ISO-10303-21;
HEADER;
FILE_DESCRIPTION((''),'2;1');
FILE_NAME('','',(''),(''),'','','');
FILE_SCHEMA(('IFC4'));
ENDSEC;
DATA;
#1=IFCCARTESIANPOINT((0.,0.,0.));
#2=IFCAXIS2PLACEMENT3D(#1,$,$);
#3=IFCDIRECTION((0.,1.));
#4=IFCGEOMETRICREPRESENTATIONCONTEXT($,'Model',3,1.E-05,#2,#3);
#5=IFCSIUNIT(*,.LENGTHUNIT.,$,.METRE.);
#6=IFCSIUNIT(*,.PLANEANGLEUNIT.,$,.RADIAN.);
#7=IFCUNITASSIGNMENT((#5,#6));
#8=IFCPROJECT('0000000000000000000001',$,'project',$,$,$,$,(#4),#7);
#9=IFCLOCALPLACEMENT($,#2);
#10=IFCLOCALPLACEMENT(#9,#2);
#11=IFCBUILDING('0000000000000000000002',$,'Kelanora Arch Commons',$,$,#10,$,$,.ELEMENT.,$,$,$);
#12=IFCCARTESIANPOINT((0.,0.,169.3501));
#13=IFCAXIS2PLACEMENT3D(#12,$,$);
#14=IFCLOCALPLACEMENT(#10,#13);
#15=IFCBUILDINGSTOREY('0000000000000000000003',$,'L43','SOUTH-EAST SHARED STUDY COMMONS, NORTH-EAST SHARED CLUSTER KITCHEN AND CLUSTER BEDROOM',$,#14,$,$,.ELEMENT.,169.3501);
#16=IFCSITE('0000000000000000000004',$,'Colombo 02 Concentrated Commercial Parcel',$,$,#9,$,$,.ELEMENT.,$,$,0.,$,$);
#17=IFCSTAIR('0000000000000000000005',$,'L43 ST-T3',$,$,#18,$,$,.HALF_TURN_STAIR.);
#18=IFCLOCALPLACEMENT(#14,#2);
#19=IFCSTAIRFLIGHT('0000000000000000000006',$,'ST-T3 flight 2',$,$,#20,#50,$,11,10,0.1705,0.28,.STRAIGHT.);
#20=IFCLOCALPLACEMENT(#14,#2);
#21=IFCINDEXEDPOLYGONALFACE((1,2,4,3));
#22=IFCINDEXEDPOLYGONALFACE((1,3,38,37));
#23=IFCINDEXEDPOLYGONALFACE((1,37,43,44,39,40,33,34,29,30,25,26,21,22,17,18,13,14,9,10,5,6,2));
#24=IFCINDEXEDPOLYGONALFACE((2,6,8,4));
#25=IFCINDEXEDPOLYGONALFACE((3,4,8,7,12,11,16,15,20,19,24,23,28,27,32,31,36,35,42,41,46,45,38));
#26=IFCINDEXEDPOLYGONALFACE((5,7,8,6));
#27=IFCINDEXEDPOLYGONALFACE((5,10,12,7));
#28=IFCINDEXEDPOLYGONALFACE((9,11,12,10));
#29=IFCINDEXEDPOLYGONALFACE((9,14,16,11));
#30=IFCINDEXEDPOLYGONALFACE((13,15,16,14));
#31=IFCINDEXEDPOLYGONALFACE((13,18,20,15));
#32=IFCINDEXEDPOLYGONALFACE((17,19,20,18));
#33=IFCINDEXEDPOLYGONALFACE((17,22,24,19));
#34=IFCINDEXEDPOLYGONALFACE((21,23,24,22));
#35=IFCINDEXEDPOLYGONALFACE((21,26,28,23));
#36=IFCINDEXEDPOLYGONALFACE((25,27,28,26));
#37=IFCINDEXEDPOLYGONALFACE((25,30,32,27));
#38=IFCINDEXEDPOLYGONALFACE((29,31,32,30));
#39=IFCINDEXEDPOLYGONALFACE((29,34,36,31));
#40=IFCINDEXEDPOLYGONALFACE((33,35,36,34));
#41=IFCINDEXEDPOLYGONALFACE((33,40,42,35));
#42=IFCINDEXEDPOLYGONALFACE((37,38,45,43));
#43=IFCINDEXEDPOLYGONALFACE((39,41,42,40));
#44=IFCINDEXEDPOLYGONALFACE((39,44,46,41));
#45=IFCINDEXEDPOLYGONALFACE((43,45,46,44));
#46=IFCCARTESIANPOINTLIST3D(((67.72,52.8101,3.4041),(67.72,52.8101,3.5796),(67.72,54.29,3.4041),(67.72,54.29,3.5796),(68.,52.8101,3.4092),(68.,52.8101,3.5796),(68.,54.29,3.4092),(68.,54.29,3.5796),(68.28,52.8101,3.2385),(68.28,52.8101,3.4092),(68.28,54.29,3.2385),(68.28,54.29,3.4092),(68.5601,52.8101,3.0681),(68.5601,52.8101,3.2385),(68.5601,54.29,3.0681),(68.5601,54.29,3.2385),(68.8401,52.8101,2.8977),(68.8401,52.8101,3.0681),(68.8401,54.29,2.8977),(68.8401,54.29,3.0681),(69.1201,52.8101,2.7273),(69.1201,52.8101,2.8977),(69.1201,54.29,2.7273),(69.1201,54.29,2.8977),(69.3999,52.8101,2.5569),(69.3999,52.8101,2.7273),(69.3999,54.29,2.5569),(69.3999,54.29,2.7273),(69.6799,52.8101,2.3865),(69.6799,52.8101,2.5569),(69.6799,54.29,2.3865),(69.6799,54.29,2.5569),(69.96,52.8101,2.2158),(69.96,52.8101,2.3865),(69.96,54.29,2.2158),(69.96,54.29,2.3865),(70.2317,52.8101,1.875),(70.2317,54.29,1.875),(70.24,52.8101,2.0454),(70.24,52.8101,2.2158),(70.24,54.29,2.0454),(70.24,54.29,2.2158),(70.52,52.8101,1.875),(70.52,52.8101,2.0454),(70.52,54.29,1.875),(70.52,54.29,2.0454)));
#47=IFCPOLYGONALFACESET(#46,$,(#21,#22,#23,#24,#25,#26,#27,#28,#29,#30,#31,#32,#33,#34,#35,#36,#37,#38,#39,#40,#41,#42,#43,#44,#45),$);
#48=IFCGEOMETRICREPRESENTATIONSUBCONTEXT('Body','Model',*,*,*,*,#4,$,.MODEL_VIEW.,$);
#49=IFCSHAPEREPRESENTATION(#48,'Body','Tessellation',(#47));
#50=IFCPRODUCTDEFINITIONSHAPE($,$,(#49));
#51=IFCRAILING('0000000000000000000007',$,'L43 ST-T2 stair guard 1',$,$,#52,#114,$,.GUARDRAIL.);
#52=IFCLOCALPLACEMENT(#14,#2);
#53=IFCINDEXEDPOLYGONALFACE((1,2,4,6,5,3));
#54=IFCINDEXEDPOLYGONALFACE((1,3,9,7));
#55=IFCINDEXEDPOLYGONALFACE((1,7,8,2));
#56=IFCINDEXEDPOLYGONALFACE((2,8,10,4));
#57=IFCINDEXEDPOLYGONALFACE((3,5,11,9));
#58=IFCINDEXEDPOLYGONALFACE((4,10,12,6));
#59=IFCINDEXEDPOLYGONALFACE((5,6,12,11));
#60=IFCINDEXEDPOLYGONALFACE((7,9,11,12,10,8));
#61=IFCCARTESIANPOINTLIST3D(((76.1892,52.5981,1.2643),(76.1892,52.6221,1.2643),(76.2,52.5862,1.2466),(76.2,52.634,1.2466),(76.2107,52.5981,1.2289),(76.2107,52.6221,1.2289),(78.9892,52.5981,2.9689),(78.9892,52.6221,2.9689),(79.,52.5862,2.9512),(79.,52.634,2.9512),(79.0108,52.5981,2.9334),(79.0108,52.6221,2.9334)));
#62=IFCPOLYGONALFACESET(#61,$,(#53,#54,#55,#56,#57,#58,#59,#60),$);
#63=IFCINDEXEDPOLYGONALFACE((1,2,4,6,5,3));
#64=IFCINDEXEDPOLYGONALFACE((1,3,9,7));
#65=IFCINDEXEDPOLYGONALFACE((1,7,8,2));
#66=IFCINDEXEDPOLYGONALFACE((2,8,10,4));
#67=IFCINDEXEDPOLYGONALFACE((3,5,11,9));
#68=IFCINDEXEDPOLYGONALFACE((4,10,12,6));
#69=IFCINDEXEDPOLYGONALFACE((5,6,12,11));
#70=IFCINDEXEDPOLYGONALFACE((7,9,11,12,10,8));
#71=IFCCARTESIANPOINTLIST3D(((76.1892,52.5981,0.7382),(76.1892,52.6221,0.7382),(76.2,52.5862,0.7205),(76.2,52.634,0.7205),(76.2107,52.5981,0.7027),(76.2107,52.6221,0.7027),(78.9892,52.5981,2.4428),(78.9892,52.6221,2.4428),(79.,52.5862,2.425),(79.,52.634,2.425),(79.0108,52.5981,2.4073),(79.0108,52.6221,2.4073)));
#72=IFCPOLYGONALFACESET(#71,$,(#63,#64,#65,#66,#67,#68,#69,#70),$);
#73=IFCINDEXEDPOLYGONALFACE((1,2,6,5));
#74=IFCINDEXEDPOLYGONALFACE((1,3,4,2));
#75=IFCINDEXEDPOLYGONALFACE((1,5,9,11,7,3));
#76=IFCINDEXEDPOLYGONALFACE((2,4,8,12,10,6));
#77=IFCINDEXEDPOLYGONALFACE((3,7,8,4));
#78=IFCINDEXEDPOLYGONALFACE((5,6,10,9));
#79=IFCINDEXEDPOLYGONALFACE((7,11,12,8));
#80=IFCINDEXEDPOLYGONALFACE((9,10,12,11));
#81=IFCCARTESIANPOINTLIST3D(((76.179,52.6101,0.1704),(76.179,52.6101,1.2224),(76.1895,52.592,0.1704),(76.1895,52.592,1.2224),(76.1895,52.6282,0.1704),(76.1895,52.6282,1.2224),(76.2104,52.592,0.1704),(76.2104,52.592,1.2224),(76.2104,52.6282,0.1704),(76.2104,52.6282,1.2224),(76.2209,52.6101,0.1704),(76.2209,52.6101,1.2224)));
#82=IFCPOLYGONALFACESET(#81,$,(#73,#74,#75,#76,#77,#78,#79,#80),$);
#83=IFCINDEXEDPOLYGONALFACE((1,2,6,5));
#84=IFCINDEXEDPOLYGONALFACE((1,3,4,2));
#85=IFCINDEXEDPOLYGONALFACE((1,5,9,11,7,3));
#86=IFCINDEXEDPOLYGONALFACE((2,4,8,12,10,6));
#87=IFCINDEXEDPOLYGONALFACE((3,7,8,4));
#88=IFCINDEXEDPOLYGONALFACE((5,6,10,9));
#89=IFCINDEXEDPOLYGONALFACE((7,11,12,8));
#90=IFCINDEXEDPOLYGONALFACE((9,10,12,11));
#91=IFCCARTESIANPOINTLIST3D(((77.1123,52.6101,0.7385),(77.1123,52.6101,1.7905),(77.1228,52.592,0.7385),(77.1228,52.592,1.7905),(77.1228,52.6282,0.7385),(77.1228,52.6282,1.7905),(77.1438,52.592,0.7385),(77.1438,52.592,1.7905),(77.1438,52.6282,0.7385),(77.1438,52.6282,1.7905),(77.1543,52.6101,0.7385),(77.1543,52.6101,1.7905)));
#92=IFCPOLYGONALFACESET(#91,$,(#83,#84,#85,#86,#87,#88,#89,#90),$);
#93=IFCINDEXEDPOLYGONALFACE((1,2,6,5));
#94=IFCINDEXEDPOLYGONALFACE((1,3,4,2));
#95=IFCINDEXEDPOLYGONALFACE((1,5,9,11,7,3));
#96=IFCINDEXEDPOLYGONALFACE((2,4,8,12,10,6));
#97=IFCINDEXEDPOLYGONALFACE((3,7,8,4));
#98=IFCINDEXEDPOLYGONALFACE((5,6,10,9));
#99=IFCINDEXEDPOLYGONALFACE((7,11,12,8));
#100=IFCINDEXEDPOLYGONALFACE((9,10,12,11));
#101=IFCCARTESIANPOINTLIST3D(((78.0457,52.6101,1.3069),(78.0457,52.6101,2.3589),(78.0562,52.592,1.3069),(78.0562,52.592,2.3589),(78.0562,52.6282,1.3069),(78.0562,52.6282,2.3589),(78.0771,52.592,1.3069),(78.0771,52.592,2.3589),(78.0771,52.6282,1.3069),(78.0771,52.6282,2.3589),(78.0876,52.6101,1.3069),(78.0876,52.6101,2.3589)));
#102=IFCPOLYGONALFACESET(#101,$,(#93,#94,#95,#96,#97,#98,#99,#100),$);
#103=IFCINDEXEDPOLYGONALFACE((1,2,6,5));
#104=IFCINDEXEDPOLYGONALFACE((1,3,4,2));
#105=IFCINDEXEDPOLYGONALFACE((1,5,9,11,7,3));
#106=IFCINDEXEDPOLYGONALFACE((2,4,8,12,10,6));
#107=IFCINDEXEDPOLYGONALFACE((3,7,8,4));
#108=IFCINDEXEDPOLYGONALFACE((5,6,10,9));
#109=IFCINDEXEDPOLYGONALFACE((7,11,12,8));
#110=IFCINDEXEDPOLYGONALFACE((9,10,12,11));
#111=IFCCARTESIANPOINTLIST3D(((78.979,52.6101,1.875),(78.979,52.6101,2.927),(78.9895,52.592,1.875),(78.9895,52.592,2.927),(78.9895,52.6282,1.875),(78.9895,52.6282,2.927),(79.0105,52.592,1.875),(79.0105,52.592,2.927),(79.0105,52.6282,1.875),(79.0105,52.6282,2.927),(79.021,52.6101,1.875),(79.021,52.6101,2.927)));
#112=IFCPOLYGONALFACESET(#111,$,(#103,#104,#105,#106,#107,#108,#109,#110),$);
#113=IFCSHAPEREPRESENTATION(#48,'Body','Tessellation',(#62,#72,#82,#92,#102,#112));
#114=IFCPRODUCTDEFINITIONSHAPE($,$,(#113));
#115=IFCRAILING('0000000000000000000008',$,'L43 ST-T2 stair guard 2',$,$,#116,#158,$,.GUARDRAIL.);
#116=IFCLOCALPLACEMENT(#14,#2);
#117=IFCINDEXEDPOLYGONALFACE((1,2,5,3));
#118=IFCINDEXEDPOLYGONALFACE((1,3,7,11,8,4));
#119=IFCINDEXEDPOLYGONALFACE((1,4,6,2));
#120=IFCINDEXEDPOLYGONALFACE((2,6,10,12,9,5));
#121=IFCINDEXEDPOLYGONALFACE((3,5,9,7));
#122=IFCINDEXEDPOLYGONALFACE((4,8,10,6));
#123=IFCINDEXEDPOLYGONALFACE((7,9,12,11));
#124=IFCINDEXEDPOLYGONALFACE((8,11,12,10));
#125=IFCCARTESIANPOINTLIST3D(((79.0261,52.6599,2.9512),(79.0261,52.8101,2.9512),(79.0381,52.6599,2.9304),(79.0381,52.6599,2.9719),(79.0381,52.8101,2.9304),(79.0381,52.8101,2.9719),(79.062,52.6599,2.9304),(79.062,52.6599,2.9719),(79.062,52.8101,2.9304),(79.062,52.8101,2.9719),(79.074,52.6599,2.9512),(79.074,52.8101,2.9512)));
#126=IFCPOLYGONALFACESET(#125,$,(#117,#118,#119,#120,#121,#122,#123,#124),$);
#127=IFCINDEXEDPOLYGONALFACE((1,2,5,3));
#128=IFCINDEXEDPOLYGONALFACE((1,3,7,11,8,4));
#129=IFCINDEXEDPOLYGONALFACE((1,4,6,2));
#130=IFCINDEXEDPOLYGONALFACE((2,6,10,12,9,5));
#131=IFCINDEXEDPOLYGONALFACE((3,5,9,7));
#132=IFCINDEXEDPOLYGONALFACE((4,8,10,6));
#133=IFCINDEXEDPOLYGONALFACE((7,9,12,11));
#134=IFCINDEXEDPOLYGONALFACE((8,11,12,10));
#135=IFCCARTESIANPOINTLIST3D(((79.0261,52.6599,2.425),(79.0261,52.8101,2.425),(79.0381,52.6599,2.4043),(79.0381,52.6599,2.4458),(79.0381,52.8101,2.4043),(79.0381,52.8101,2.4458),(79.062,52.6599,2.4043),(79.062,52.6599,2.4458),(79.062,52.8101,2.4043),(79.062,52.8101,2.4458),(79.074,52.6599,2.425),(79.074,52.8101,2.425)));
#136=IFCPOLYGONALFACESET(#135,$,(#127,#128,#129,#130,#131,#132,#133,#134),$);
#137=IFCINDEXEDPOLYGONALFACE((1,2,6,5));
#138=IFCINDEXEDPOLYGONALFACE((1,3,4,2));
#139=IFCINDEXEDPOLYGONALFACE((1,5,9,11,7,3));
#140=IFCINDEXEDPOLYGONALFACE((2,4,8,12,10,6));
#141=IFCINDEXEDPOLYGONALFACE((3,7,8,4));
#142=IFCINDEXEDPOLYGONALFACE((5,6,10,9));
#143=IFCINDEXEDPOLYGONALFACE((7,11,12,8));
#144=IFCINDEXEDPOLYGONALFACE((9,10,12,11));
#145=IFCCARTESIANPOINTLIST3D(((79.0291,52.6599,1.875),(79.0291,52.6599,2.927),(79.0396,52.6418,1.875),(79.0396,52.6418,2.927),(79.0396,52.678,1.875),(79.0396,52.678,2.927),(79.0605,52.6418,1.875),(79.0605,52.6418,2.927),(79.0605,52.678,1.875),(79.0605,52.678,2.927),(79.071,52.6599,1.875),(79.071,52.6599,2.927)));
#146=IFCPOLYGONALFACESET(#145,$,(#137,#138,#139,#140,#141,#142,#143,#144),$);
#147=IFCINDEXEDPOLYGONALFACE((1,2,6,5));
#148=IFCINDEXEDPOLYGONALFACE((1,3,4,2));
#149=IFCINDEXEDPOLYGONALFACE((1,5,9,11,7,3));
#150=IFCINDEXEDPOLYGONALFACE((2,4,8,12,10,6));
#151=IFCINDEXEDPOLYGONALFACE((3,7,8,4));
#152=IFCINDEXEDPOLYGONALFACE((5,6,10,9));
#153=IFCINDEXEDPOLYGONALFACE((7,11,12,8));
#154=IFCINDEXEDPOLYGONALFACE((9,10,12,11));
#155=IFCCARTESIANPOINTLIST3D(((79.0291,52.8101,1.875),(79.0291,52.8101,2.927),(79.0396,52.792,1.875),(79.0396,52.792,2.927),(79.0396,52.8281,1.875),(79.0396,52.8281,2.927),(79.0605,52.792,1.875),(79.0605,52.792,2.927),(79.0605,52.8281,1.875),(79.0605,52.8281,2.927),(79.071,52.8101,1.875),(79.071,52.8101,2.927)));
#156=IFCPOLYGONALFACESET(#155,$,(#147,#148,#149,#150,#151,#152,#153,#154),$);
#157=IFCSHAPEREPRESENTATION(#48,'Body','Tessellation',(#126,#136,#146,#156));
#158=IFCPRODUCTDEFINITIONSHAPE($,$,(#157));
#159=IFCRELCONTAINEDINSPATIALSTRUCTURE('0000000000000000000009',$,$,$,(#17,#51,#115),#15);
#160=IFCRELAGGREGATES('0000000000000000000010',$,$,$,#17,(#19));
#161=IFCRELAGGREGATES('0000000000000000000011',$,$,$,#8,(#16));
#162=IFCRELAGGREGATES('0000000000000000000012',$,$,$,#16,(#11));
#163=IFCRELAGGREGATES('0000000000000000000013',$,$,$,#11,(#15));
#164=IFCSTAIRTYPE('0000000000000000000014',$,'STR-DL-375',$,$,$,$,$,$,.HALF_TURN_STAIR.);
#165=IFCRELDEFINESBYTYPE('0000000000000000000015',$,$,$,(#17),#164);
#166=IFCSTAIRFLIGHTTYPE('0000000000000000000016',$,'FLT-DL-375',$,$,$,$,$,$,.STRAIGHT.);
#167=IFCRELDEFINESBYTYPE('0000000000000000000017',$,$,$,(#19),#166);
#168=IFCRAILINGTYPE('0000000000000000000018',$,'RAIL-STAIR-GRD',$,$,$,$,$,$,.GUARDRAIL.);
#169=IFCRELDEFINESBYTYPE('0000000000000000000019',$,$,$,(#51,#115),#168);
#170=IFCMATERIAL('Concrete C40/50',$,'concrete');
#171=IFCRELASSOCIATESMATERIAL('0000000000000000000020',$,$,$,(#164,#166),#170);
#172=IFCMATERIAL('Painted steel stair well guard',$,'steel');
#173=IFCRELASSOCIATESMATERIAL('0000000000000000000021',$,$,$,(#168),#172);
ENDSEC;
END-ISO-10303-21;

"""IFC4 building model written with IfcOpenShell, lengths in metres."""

from ifc_helpers import new_model, si_unit, direction, frame, origin, place, context, subcontext, project, spatial, polyline, outline, extrude, material, type_object, element, aggregate, save


model = new_model("IFC4")

# Units and contexts
model_context = context("Model", 3, precision=1e-05, world=origin(), true_north=direction((0.0, 1.0)))
body_context = subcontext(model_context, "Body", "Model", "MODEL_VIEW")
ifc_project = project(units=[si_unit("LENGTHUNIT", "METRE"), si_unit("PLANEANGLEUNIT", "RADIAN")], contexts=[model_context])

# Site, building, storey
site_placement = place(None, origin())
site = spatial("IfcSite", under=ifc_project, at=site_placement, Name="Colombo 02 Concentrated Commercial Parcel", CompositionType="ELEMENT", RefElevation=0.0)
building_placement = place(site_placement, origin())
building = spatial("IfcBuilding", under=site, at=building_placement, Name="Kelanora Arch Commons", CompositionType="ELEMENT")
storey_placement = place(building_placement, frame((0.0, 0.0, 169.3501)))
storey = spatial("IfcBuildingStorey", under=building, at=storey_placement, Name="L43", Description="SOUTH-EAST SHARED STUDY COMMONS, NORTH-EAST SHARED CLUSTER KITCHEN AND CLUSTER BEDROOM", CompositionType="ELEMENT", Elevation=169.3501)

# Shared definitions
ifc_material_1 = material(Name="Concrete C40/50", Category="concrete")

# Shared definitions
stair_type = type_object("IfcStairType", Name="STR-DL-375", PredefinedType="HALF_TURN_STAIR", material=ifc_material_1)
stair_flight_type = type_object("IfcStairFlightType", Name="FLT-DL-375", PredefinedType="STRAIGHT", material=ifc_material_1)

# Stair, stair flight
stair_1_placement = place(storey_placement, origin())
stair_1 = element("IfcStair", 1, at=stair_1_placement, inside=storey, type_object=stair_type, Name="L43 ST-T3", PredefinedType="HALF_TURN_STAIR")
stair_flight_1_placement = place(storey_placement, frame((70.52, 53.55, 1.875), z_axis=(0.0, 0.0, 1.0), x_axis=(-1.0, 0.0, 0.0)))
stair_flight_1 = element("IfcStairFlight", 2, at=stair_flight_1_placement, type_object=stair_flight_type, Name="ST-T3 flight 2", NumberOfRisers=11, NumberOfTreads=10, PredefinedType="STRAIGHT", RiserHeight=0.1705, TreadLength=0.28, context=body_context, shape_type="SweptSolid", body=[
    extrude(outline(polyline([(0.0, 0.0), (0.0, 0.1704), (0.28, 0.1704), (0.28, 0.3408), (0.5601, 0.3408), (0.5601, 0.5115), (0.8401, 0.5115), (0.8401, 0.6819), (1.1201, 0.6819), (1.1201, 0.8523), (1.3999, 0.8523), (1.3999, 1.0227), (1.6799, 1.0227), (1.6799, 1.1931), (1.96, 1.1931), (1.96, 1.3635), (2.24, 1.3635), (2.24, 1.5342), (2.52, 1.5342), (2.52, 1.7046), (2.8, 1.7046), (2.8, 1.875), (2.8, 1.5291), (0.2883, 0.0), (0.0, 0.0)])), frame((0.0, 0.74, 0.0), z_axis=(0.0, -1.0, 0.0), x_axis=(1.0, 0.0, 0.0)), (0.0, 0.0, 1.0), 1.48),
])
aggregate(stair_1, [stair_flight_1])

# Railings
ifc_material_2 = material(Name="Painted steel stair well guard", Category="steel")
railing_type_1 = type_object("IfcRailingType", Name="RAIL-STAIR-GRD", PredefinedType="GUARDRAIL", material=ifc_material_2)
railing_1_placement = place(storey_placement, frame((76.2, 52.6101, 0.1704)))
element("IfcRailing", 3, at=railing_1_placement, inside=storey, type_object=railing_type_1, Name="L43 ST-T2 stair guard 1", PredefinedType="GUARDRAIL", context=body_context, shape_type="SweptSolid", body=[
    extrude(outline(polyline([(0.0239, 0.0), (0.012, 0.0208), (-0.012, 0.0208), (-0.0239, 0.0), (-0.012, -0.0208), (0.012, -0.0208), (0.0239, 0.0)])), frame((0.0, 0.0, 1.0762), z_axis=(0.85417, 0.0, 0.519994), x_axis=(0.0, 1.0, 0.0)), (0.0, 0.0, 1.0), 3.2781),
    extrude(outline(polyline([(0.0239, 0.0), (0.012, 0.0208), (-0.012, 0.0208), (-0.0239, 0.0), (-0.012, -0.0208), (0.012, -0.0208), (0.0239, 0.0)])), frame((0.0, 0.0, 0.55), z_axis=(0.85417, 0.0, 0.519994), x_axis=(0.0, 1.0, 0.0)), (0.0, 0.0, 1.0), 3.2781),
    extrude(outline(polyline([(0.021, 0.0), (0.0105, 0.0181), (-0.0105, 0.0181), (-0.021, 0.0), (-0.0105, -0.0181), (0.0105, -0.0181), (0.021, 0.0)])), origin(), (0.0, 0.0, 1.0), 1.052),
    extrude(outline(polyline([(0.021, 0.0), (0.0105, 0.0181), (-0.0105, 0.0181), (-0.021, 0.0), (-0.0105, -0.0181), (0.0105, -0.0181), (0.021, 0.0)])), frame((0.9333, 0.0, 0.5681)), (0.0, 0.0, 1.0), 1.052),
    extrude(outline(polyline([(0.021, 0.0), (0.0105, 0.0181), (-0.0105, 0.0181), (-0.021, 0.0), (-0.0105, -0.0181), (0.0105, -0.0181), (0.021, 0.0)])), frame((1.8667, 0.0, 1.1365)), (0.0, 0.0, 1.0), 1.052),
    extrude(outline(polyline([(0.021, 0.0), (0.0105, 0.0181), (-0.0105, 0.0181), (-0.021, 0.0), (-0.0105, -0.0181), (0.0105, -0.0181), (0.021, 0.0)])), frame((2.8, 0.0, 1.7046)), (0.0, 0.0, 1.0), 1.052),
])
railing_2_placement = place(storey_placement, frame((79.05, 52.6599, 1.875)))
element("IfcRailing", 4, at=railing_2_placement, inside=storey, type_object=railing_type_1, Name="L43 ST-T2 stair guard 2", PredefinedType="GUARDRAIL", context=body_context, shape_type="SweptSolid", body=[
    extrude(outline(polyline([(0.0239, 0.0), (0.012, 0.0208), (-0.012, 0.0208), (-0.0239, 0.0), (-0.012, -0.0208), (0.012, -0.0208), (0.0239, 0.0)])), frame((0.0, 0.0, 1.0762), z_axis=(0.0, 1.0, 0.0), x_axis=(-1.0, 0.0, 0.0)), (0.0, 0.0, 1.0), 0.1501),
    extrude(outline(polyline([(0.0239, 0.0), (0.012, 0.0208), (-0.012, 0.0208), (-0.0239, 0.0), (-0.012, -0.0208), (0.012, -0.0208), (0.0239, 0.0)])), frame((0.0, 0.0, 0.55), z_axis=(0.0, 1.0, 0.0), x_axis=(-1.0, 0.0, 0.0)), (0.0, 0.0, 1.0), 0.1501),
    extrude(outline(polyline([(0.021, 0.0), (0.0105, 0.0181), (-0.0105, 0.0181), (-0.021, 0.0), (-0.0105, -0.0181), (0.0105, -0.0181), (0.021, 0.0)])), origin(), (0.0, 0.0, 1.0), 1.052),
    extrude(outline(polyline([(0.021, 0.0), (0.0105, 0.0181), (-0.0105, 0.0181), (-0.021, 0.0), (-0.0105, -0.0181), (0.0105, -0.0181), (0.021, 0.0)])), frame((0.0, 0.1501, 0.0)), (0.0, 0.0, 1.0), 1.052),
])

save(model, "model.ifc")
